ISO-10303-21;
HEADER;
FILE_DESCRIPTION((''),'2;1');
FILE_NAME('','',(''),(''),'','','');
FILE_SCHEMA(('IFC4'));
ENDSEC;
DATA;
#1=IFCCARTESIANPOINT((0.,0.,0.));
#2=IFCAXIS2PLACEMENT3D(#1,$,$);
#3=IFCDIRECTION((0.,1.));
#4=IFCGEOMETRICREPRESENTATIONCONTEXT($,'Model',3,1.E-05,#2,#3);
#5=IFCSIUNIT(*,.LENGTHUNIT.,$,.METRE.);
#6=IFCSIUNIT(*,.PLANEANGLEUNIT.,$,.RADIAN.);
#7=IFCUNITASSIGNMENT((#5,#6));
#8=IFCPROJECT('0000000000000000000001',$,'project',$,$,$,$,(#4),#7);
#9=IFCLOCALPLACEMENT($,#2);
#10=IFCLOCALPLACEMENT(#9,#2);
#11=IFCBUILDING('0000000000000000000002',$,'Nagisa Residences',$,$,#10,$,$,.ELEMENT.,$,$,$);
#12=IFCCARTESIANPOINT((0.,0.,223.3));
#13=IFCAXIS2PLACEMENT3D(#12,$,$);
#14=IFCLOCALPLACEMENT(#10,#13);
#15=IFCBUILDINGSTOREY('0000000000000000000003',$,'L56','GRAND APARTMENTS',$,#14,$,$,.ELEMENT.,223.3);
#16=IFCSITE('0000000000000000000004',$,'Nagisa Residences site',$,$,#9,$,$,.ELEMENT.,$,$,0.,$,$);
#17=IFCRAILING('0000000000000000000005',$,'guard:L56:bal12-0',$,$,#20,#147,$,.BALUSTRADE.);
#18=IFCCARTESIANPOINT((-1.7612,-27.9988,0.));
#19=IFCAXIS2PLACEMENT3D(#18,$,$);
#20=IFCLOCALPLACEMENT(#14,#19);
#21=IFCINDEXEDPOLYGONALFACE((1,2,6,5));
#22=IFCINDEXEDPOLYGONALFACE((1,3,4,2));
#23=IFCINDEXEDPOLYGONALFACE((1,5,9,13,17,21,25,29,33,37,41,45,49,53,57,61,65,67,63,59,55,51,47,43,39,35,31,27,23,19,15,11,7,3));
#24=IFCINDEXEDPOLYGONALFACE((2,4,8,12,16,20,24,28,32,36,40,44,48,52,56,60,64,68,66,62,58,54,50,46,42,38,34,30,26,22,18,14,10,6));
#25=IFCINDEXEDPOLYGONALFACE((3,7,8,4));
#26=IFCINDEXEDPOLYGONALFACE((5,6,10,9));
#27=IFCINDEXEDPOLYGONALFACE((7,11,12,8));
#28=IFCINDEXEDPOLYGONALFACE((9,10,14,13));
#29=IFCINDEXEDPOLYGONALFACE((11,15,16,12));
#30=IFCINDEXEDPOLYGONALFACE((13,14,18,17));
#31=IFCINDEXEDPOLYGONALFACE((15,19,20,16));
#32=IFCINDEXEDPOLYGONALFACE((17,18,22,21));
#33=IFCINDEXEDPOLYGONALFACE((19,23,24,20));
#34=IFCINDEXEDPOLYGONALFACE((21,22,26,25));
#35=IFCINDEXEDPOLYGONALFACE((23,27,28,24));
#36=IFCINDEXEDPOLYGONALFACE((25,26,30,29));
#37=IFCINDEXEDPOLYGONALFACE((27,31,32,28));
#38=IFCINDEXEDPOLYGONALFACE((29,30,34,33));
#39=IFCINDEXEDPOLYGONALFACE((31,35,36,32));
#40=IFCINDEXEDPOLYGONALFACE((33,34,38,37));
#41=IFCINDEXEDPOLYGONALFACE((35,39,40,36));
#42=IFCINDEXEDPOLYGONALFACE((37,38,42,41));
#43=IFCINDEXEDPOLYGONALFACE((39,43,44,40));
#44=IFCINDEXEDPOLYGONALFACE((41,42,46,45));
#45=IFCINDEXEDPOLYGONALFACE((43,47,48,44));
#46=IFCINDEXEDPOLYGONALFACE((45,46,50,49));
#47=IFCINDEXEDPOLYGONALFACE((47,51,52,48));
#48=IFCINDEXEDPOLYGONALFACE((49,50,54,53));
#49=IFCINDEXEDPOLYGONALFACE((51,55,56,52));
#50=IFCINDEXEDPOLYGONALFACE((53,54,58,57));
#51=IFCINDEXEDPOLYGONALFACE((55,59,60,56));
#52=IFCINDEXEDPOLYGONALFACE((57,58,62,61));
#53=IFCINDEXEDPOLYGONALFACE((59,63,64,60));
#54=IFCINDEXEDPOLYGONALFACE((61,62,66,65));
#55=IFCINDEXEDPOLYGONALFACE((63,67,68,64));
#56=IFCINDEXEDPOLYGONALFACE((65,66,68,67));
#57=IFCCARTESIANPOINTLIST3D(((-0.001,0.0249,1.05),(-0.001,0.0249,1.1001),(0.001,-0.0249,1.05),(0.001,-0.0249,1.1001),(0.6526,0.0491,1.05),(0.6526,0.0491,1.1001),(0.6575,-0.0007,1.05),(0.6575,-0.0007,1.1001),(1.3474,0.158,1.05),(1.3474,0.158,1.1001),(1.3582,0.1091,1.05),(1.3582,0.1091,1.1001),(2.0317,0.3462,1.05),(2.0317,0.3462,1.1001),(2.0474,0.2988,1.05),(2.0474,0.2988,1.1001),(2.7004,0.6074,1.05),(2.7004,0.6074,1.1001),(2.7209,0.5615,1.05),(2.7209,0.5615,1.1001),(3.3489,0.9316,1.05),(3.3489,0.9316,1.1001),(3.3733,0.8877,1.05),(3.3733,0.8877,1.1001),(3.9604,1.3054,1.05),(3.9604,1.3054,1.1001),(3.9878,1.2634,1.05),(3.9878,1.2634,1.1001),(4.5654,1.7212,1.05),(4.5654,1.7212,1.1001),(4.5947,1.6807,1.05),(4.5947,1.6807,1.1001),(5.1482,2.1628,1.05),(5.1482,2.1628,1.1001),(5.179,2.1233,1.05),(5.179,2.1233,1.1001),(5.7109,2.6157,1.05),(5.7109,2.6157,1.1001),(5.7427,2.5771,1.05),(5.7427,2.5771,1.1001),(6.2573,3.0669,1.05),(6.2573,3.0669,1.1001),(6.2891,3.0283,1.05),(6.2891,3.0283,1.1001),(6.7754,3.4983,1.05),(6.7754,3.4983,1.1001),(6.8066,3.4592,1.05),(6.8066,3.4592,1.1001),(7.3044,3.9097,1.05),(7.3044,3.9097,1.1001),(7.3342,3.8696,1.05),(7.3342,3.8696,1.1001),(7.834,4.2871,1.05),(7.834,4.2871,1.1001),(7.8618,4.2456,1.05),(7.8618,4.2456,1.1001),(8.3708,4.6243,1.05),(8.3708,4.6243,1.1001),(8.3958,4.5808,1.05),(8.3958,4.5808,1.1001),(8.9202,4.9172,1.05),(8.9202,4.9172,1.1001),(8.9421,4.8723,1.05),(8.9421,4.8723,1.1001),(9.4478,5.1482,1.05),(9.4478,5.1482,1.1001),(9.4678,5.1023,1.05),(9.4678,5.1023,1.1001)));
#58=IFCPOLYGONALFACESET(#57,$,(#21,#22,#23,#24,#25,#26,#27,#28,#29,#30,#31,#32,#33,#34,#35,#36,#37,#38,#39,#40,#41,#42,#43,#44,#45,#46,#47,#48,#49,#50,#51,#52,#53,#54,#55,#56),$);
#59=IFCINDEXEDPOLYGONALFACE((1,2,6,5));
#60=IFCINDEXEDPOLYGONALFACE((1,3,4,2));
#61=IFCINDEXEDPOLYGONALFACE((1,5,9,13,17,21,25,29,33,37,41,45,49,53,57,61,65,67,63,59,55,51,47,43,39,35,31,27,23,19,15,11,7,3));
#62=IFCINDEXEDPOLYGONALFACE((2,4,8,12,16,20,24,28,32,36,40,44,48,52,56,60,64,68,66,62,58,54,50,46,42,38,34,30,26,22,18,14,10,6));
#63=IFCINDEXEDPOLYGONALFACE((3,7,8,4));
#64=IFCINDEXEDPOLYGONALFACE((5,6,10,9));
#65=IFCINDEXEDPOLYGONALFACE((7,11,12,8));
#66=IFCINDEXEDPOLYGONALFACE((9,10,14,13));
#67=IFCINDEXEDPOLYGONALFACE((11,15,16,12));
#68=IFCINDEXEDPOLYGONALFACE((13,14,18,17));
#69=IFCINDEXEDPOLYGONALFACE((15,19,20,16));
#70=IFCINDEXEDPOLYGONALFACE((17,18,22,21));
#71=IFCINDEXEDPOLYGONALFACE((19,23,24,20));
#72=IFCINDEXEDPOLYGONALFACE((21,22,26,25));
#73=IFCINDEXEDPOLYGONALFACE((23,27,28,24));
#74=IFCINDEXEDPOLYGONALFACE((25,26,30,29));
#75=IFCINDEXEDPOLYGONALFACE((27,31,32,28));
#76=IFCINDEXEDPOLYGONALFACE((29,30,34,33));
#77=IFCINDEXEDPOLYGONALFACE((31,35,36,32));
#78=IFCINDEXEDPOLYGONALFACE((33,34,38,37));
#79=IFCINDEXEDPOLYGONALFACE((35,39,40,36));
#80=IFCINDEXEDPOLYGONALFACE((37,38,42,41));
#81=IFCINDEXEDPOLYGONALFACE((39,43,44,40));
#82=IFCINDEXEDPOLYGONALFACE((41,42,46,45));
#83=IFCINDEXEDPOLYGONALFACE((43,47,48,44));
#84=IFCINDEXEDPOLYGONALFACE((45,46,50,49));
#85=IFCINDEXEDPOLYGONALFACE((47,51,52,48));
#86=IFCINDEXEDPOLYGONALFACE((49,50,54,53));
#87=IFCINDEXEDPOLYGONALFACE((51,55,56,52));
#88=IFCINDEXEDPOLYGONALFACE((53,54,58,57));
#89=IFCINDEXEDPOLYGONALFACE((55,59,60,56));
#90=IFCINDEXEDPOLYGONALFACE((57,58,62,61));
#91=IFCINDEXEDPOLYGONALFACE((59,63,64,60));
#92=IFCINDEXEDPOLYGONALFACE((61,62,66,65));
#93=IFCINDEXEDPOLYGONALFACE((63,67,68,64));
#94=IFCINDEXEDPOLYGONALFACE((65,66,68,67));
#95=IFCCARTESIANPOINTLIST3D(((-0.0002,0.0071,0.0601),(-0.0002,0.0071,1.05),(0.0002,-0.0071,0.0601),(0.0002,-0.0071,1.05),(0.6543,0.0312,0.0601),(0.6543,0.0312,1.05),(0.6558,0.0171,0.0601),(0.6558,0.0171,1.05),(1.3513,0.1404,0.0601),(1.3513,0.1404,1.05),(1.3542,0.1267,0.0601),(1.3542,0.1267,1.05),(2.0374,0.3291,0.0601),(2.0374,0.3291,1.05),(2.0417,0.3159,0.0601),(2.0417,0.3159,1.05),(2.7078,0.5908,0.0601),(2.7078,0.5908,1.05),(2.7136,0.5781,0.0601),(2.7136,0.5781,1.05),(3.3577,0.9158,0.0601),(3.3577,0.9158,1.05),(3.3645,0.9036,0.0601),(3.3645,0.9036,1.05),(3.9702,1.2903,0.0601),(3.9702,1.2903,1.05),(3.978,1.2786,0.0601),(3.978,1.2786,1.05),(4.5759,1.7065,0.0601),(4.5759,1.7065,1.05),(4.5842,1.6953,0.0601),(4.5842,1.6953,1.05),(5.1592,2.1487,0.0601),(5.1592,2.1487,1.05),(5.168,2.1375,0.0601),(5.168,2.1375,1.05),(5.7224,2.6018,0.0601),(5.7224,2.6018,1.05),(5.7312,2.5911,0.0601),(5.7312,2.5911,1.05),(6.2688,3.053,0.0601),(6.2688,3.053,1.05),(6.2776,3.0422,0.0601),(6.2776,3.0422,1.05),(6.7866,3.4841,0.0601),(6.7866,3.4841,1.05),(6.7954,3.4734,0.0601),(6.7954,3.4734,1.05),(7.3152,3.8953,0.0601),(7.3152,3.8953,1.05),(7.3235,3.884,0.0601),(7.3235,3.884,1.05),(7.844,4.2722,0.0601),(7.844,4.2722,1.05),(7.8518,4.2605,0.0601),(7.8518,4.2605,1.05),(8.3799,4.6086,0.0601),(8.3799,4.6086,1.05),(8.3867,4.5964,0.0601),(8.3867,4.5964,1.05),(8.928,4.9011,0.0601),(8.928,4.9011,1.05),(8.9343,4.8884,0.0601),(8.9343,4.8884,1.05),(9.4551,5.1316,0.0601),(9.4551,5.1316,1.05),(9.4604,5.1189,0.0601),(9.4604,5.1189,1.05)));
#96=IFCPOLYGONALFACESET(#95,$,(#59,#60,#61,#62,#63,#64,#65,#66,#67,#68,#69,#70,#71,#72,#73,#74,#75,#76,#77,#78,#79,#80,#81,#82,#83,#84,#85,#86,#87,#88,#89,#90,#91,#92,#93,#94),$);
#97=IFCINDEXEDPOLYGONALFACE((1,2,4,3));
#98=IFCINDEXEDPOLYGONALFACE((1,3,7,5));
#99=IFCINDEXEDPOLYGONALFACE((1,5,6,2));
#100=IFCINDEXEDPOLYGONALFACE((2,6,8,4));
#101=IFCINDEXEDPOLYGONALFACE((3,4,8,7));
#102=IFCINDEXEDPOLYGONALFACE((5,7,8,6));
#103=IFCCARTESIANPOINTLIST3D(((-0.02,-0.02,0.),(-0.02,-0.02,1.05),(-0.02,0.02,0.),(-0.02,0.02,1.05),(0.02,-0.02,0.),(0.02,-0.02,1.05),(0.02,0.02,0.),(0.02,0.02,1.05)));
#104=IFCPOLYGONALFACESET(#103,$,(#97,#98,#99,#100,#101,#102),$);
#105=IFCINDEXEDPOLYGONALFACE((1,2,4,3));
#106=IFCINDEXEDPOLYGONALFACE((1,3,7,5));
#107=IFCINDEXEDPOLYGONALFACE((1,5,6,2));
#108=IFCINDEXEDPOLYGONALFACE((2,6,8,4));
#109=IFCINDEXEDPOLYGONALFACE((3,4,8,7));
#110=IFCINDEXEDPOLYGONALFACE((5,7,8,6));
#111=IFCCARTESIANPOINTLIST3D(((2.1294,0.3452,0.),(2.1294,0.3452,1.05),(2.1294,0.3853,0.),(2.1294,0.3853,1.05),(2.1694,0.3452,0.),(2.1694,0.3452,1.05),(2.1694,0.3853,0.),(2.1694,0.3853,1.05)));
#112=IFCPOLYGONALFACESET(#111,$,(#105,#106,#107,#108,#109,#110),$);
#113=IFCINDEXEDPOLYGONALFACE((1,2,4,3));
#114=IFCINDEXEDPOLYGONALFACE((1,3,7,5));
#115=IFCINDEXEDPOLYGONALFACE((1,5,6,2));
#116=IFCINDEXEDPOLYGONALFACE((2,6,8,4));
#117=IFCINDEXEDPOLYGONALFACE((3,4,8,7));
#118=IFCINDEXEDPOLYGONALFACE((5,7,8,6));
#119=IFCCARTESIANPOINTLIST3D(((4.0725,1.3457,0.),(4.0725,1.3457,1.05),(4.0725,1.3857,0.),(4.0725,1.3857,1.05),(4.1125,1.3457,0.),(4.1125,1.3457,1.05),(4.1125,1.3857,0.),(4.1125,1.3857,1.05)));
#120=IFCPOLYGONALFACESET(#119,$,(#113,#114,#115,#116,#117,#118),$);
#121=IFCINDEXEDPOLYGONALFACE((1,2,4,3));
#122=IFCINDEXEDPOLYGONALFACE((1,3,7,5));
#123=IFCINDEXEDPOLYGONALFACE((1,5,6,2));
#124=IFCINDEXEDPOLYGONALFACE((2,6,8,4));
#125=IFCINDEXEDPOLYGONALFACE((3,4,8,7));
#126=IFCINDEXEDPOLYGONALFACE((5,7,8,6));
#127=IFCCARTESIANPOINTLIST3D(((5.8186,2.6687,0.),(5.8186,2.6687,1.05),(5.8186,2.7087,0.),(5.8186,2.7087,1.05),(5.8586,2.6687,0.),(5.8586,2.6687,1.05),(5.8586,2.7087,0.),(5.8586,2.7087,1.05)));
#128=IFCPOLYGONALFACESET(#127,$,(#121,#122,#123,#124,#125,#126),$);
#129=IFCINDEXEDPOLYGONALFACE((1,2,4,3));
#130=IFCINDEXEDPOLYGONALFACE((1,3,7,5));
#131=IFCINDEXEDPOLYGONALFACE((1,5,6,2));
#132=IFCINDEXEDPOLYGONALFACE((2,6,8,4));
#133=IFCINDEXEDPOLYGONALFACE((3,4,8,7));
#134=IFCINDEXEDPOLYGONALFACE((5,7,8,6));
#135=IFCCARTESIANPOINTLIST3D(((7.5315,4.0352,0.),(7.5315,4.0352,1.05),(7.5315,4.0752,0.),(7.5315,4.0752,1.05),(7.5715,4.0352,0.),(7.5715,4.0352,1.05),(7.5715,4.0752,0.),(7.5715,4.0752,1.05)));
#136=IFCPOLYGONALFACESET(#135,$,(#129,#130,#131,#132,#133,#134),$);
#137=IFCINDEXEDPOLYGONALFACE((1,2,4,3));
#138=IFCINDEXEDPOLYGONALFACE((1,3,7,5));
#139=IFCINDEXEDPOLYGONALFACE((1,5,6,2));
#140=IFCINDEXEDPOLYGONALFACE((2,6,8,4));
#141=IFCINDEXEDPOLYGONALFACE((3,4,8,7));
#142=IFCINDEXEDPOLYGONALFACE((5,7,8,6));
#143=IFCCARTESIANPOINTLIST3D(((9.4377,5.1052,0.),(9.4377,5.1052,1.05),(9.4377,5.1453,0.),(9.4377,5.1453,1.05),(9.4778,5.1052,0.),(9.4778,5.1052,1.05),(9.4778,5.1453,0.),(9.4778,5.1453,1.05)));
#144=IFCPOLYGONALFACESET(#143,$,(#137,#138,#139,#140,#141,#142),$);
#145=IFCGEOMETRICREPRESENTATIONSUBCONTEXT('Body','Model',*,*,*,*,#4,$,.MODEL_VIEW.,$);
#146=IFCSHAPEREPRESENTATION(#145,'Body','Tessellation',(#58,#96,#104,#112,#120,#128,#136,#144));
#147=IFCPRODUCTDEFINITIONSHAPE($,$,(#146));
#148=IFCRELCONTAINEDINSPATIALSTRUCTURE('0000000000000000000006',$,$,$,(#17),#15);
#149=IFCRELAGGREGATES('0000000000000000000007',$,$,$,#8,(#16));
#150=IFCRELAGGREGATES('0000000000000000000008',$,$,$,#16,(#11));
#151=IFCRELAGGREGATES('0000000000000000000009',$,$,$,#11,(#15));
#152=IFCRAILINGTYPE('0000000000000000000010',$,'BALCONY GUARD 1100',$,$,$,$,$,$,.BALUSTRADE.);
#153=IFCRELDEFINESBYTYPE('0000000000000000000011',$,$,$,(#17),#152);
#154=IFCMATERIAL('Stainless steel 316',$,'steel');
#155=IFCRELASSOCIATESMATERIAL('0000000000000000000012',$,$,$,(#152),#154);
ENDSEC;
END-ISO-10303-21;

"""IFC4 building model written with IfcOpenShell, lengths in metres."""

from ifc_helpers import new_model, si_unit, direction, frame, origin, origin_2d, place, context, subcontext, project, spatial, polyline, rectangle, outline, extrude, material, type_object, element, save


model = new_model("IFC4")

# Units and contexts
model_context = context("Model", 3, precision=1e-05, world=origin(), true_north=direction((0.0, 1.0)))
body_context = subcontext(model_context, "Body", "Model", "MODEL_VIEW")
ifc_project = project(units=[si_unit("LENGTHUNIT", "METRE"), si_unit("PLANEANGLEUNIT", "RADIAN")], contexts=[model_context])

# Site, building, storey
site_placement = place(None, origin())
site = spatial("IfcSite", under=ifc_project, at=site_placement, Name="Nagisa Residences site", CompositionType="ELEMENT", RefElevation=0.0)
building_placement = place(site_placement, origin())
building = spatial("IfcBuilding", under=site, at=building_placement, Name="Nagisa Residences", CompositionType="ELEMENT")
storey_placement = place(building_placement, frame((0.0, 0.0, 223.3)))
storey = spatial("IfcBuildingStorey", under=building, at=storey_placement, Name="L56", Description="GRAND APARTMENTS", CompositionType="ELEMENT", Elevation=223.3)

# Railing
ifc_material_1 = material(Name="Stainless steel 316", Category="steel")
railing_type = type_object("IfcRailingType", Name="BALCONY GUARD 1100", PredefinedType="BALUSTRADE", material=ifc_material_1)
railing_placement = place(storey_placement, frame((-1.7612, -27.9988, 0.0)))
element("IfcRailing", 1, at=railing_placement, inside=storey, type_object=railing_type, Name="guard:L56:bal12-0", PredefinedType="BALUSTRADE", context=body_context, shape_type="SweptSolid", body=[
    extrude(outline(polyline([(0.6526, 0.0491), (-0.001, 0.0249), (0.001, -0.0249), (0.6575, -0.0007), (1.3582, 0.1091), (2.0474, 0.2988), (2.7209, 0.5615), (3.3733, 0.8877), (3.9878, 1.2634), (4.5947, 1.6807), (5.179, 2.1233), (5.7427, 2.5771), (6.2891, 3.0283), (6.8066, 3.4592), (7.3342, 3.8696), (7.8618, 4.2456), (8.3958, 4.5808), (8.9421, 4.8723), (9.4678, 5.1023), (9.4478, 5.1482), (8.9202, 4.9172), (8.3708, 4.6243), (7.834, 4.2871), (7.3044, 3.9097), (6.7754, 3.4983), (6.2573, 3.0669), (5.7109, 2.6157), (5.1482, 2.1628), (4.5654, 1.7212), (3.9604, 1.3054), (3.3489, 0.9316), (2.7004, 0.6074), (2.0317, 0.3462), (1.3474, 0.158), (0.6526, 0.0491)])), frame((0.0, 0.0, 1.05)), (0.0, 0.0, 1.0), 0.05),
    extrude(outline(polyline([(0.6543, 0.0312), (-0.0002, 0.0071), (0.0002, -0.0071), (0.6558, 0.0171), (1.3542, 0.1267), (2.0417, 0.3159), (2.7136, 0.5781), (3.3645, 0.9036), (3.978, 1.2786), (4.5842, 1.6953), (5.168, 2.1375), (5.7312, 2.5911), (6.2776, 3.0422), (6.7954, 3.4734), (7.3235, 3.884), (7.8518, 4.2605), (8.3867, 4.5964), (8.9343, 4.8884), (9.4604, 5.1189), (9.4551, 5.1316), (8.928, 4.9011), (8.3799, 4.6086), (7.844, 4.2722), (7.3152, 3.8953), (6.7866, 3.4841), (6.2688, 3.053), (5.7224, 2.6018), (5.1592, 2.1487), (4.5759, 1.7065), (3.9702, 1.2903), (3.3577, 0.9158), (2.7078, 0.5908), (2.0374, 0.3291), (1.3513, 0.1404), (0.6543, 0.0312)])), frame((0.0, 0.0, 0.0601)), (0.0, 0.0, 1.0), 0.99),
    extrude(rectangle(XDim=0.04, YDim=0.04, at=origin_2d()), origin(), (0.0, 0.0, 1.0), 1.05),
    extrude(rectangle(XDim=0.04, YDim=0.04, at=origin_2d()), frame((2.1494, 0.3652, 0.0)), (0.0, 0.0, 1.0), 1.05),
    extrude(rectangle(XDim=0.04, YDim=0.04, at=origin_2d()), frame((4.0925, 1.3657, 0.0)), (0.0, 0.0, 1.0), 1.05),
    extrude(rectangle(XDim=0.04, YDim=0.04, at=origin_2d()), frame((5.8386, 2.6887, 0.0)), (0.0, 0.0, 1.0), 1.05),
    extrude(rectangle(XDim=0.04, YDim=0.04, at=origin_2d()), frame((7.5515, 4.0552, 0.0)), (0.0, 0.0, 1.0), 1.05),
    extrude(rectangle(XDim=0.04, YDim=0.04, at=origin_2d()), frame((9.4578, 5.1252, 0.0)), (0.0, 0.0, 1.0), 1.05),
])

save(model, "model.ifc")
